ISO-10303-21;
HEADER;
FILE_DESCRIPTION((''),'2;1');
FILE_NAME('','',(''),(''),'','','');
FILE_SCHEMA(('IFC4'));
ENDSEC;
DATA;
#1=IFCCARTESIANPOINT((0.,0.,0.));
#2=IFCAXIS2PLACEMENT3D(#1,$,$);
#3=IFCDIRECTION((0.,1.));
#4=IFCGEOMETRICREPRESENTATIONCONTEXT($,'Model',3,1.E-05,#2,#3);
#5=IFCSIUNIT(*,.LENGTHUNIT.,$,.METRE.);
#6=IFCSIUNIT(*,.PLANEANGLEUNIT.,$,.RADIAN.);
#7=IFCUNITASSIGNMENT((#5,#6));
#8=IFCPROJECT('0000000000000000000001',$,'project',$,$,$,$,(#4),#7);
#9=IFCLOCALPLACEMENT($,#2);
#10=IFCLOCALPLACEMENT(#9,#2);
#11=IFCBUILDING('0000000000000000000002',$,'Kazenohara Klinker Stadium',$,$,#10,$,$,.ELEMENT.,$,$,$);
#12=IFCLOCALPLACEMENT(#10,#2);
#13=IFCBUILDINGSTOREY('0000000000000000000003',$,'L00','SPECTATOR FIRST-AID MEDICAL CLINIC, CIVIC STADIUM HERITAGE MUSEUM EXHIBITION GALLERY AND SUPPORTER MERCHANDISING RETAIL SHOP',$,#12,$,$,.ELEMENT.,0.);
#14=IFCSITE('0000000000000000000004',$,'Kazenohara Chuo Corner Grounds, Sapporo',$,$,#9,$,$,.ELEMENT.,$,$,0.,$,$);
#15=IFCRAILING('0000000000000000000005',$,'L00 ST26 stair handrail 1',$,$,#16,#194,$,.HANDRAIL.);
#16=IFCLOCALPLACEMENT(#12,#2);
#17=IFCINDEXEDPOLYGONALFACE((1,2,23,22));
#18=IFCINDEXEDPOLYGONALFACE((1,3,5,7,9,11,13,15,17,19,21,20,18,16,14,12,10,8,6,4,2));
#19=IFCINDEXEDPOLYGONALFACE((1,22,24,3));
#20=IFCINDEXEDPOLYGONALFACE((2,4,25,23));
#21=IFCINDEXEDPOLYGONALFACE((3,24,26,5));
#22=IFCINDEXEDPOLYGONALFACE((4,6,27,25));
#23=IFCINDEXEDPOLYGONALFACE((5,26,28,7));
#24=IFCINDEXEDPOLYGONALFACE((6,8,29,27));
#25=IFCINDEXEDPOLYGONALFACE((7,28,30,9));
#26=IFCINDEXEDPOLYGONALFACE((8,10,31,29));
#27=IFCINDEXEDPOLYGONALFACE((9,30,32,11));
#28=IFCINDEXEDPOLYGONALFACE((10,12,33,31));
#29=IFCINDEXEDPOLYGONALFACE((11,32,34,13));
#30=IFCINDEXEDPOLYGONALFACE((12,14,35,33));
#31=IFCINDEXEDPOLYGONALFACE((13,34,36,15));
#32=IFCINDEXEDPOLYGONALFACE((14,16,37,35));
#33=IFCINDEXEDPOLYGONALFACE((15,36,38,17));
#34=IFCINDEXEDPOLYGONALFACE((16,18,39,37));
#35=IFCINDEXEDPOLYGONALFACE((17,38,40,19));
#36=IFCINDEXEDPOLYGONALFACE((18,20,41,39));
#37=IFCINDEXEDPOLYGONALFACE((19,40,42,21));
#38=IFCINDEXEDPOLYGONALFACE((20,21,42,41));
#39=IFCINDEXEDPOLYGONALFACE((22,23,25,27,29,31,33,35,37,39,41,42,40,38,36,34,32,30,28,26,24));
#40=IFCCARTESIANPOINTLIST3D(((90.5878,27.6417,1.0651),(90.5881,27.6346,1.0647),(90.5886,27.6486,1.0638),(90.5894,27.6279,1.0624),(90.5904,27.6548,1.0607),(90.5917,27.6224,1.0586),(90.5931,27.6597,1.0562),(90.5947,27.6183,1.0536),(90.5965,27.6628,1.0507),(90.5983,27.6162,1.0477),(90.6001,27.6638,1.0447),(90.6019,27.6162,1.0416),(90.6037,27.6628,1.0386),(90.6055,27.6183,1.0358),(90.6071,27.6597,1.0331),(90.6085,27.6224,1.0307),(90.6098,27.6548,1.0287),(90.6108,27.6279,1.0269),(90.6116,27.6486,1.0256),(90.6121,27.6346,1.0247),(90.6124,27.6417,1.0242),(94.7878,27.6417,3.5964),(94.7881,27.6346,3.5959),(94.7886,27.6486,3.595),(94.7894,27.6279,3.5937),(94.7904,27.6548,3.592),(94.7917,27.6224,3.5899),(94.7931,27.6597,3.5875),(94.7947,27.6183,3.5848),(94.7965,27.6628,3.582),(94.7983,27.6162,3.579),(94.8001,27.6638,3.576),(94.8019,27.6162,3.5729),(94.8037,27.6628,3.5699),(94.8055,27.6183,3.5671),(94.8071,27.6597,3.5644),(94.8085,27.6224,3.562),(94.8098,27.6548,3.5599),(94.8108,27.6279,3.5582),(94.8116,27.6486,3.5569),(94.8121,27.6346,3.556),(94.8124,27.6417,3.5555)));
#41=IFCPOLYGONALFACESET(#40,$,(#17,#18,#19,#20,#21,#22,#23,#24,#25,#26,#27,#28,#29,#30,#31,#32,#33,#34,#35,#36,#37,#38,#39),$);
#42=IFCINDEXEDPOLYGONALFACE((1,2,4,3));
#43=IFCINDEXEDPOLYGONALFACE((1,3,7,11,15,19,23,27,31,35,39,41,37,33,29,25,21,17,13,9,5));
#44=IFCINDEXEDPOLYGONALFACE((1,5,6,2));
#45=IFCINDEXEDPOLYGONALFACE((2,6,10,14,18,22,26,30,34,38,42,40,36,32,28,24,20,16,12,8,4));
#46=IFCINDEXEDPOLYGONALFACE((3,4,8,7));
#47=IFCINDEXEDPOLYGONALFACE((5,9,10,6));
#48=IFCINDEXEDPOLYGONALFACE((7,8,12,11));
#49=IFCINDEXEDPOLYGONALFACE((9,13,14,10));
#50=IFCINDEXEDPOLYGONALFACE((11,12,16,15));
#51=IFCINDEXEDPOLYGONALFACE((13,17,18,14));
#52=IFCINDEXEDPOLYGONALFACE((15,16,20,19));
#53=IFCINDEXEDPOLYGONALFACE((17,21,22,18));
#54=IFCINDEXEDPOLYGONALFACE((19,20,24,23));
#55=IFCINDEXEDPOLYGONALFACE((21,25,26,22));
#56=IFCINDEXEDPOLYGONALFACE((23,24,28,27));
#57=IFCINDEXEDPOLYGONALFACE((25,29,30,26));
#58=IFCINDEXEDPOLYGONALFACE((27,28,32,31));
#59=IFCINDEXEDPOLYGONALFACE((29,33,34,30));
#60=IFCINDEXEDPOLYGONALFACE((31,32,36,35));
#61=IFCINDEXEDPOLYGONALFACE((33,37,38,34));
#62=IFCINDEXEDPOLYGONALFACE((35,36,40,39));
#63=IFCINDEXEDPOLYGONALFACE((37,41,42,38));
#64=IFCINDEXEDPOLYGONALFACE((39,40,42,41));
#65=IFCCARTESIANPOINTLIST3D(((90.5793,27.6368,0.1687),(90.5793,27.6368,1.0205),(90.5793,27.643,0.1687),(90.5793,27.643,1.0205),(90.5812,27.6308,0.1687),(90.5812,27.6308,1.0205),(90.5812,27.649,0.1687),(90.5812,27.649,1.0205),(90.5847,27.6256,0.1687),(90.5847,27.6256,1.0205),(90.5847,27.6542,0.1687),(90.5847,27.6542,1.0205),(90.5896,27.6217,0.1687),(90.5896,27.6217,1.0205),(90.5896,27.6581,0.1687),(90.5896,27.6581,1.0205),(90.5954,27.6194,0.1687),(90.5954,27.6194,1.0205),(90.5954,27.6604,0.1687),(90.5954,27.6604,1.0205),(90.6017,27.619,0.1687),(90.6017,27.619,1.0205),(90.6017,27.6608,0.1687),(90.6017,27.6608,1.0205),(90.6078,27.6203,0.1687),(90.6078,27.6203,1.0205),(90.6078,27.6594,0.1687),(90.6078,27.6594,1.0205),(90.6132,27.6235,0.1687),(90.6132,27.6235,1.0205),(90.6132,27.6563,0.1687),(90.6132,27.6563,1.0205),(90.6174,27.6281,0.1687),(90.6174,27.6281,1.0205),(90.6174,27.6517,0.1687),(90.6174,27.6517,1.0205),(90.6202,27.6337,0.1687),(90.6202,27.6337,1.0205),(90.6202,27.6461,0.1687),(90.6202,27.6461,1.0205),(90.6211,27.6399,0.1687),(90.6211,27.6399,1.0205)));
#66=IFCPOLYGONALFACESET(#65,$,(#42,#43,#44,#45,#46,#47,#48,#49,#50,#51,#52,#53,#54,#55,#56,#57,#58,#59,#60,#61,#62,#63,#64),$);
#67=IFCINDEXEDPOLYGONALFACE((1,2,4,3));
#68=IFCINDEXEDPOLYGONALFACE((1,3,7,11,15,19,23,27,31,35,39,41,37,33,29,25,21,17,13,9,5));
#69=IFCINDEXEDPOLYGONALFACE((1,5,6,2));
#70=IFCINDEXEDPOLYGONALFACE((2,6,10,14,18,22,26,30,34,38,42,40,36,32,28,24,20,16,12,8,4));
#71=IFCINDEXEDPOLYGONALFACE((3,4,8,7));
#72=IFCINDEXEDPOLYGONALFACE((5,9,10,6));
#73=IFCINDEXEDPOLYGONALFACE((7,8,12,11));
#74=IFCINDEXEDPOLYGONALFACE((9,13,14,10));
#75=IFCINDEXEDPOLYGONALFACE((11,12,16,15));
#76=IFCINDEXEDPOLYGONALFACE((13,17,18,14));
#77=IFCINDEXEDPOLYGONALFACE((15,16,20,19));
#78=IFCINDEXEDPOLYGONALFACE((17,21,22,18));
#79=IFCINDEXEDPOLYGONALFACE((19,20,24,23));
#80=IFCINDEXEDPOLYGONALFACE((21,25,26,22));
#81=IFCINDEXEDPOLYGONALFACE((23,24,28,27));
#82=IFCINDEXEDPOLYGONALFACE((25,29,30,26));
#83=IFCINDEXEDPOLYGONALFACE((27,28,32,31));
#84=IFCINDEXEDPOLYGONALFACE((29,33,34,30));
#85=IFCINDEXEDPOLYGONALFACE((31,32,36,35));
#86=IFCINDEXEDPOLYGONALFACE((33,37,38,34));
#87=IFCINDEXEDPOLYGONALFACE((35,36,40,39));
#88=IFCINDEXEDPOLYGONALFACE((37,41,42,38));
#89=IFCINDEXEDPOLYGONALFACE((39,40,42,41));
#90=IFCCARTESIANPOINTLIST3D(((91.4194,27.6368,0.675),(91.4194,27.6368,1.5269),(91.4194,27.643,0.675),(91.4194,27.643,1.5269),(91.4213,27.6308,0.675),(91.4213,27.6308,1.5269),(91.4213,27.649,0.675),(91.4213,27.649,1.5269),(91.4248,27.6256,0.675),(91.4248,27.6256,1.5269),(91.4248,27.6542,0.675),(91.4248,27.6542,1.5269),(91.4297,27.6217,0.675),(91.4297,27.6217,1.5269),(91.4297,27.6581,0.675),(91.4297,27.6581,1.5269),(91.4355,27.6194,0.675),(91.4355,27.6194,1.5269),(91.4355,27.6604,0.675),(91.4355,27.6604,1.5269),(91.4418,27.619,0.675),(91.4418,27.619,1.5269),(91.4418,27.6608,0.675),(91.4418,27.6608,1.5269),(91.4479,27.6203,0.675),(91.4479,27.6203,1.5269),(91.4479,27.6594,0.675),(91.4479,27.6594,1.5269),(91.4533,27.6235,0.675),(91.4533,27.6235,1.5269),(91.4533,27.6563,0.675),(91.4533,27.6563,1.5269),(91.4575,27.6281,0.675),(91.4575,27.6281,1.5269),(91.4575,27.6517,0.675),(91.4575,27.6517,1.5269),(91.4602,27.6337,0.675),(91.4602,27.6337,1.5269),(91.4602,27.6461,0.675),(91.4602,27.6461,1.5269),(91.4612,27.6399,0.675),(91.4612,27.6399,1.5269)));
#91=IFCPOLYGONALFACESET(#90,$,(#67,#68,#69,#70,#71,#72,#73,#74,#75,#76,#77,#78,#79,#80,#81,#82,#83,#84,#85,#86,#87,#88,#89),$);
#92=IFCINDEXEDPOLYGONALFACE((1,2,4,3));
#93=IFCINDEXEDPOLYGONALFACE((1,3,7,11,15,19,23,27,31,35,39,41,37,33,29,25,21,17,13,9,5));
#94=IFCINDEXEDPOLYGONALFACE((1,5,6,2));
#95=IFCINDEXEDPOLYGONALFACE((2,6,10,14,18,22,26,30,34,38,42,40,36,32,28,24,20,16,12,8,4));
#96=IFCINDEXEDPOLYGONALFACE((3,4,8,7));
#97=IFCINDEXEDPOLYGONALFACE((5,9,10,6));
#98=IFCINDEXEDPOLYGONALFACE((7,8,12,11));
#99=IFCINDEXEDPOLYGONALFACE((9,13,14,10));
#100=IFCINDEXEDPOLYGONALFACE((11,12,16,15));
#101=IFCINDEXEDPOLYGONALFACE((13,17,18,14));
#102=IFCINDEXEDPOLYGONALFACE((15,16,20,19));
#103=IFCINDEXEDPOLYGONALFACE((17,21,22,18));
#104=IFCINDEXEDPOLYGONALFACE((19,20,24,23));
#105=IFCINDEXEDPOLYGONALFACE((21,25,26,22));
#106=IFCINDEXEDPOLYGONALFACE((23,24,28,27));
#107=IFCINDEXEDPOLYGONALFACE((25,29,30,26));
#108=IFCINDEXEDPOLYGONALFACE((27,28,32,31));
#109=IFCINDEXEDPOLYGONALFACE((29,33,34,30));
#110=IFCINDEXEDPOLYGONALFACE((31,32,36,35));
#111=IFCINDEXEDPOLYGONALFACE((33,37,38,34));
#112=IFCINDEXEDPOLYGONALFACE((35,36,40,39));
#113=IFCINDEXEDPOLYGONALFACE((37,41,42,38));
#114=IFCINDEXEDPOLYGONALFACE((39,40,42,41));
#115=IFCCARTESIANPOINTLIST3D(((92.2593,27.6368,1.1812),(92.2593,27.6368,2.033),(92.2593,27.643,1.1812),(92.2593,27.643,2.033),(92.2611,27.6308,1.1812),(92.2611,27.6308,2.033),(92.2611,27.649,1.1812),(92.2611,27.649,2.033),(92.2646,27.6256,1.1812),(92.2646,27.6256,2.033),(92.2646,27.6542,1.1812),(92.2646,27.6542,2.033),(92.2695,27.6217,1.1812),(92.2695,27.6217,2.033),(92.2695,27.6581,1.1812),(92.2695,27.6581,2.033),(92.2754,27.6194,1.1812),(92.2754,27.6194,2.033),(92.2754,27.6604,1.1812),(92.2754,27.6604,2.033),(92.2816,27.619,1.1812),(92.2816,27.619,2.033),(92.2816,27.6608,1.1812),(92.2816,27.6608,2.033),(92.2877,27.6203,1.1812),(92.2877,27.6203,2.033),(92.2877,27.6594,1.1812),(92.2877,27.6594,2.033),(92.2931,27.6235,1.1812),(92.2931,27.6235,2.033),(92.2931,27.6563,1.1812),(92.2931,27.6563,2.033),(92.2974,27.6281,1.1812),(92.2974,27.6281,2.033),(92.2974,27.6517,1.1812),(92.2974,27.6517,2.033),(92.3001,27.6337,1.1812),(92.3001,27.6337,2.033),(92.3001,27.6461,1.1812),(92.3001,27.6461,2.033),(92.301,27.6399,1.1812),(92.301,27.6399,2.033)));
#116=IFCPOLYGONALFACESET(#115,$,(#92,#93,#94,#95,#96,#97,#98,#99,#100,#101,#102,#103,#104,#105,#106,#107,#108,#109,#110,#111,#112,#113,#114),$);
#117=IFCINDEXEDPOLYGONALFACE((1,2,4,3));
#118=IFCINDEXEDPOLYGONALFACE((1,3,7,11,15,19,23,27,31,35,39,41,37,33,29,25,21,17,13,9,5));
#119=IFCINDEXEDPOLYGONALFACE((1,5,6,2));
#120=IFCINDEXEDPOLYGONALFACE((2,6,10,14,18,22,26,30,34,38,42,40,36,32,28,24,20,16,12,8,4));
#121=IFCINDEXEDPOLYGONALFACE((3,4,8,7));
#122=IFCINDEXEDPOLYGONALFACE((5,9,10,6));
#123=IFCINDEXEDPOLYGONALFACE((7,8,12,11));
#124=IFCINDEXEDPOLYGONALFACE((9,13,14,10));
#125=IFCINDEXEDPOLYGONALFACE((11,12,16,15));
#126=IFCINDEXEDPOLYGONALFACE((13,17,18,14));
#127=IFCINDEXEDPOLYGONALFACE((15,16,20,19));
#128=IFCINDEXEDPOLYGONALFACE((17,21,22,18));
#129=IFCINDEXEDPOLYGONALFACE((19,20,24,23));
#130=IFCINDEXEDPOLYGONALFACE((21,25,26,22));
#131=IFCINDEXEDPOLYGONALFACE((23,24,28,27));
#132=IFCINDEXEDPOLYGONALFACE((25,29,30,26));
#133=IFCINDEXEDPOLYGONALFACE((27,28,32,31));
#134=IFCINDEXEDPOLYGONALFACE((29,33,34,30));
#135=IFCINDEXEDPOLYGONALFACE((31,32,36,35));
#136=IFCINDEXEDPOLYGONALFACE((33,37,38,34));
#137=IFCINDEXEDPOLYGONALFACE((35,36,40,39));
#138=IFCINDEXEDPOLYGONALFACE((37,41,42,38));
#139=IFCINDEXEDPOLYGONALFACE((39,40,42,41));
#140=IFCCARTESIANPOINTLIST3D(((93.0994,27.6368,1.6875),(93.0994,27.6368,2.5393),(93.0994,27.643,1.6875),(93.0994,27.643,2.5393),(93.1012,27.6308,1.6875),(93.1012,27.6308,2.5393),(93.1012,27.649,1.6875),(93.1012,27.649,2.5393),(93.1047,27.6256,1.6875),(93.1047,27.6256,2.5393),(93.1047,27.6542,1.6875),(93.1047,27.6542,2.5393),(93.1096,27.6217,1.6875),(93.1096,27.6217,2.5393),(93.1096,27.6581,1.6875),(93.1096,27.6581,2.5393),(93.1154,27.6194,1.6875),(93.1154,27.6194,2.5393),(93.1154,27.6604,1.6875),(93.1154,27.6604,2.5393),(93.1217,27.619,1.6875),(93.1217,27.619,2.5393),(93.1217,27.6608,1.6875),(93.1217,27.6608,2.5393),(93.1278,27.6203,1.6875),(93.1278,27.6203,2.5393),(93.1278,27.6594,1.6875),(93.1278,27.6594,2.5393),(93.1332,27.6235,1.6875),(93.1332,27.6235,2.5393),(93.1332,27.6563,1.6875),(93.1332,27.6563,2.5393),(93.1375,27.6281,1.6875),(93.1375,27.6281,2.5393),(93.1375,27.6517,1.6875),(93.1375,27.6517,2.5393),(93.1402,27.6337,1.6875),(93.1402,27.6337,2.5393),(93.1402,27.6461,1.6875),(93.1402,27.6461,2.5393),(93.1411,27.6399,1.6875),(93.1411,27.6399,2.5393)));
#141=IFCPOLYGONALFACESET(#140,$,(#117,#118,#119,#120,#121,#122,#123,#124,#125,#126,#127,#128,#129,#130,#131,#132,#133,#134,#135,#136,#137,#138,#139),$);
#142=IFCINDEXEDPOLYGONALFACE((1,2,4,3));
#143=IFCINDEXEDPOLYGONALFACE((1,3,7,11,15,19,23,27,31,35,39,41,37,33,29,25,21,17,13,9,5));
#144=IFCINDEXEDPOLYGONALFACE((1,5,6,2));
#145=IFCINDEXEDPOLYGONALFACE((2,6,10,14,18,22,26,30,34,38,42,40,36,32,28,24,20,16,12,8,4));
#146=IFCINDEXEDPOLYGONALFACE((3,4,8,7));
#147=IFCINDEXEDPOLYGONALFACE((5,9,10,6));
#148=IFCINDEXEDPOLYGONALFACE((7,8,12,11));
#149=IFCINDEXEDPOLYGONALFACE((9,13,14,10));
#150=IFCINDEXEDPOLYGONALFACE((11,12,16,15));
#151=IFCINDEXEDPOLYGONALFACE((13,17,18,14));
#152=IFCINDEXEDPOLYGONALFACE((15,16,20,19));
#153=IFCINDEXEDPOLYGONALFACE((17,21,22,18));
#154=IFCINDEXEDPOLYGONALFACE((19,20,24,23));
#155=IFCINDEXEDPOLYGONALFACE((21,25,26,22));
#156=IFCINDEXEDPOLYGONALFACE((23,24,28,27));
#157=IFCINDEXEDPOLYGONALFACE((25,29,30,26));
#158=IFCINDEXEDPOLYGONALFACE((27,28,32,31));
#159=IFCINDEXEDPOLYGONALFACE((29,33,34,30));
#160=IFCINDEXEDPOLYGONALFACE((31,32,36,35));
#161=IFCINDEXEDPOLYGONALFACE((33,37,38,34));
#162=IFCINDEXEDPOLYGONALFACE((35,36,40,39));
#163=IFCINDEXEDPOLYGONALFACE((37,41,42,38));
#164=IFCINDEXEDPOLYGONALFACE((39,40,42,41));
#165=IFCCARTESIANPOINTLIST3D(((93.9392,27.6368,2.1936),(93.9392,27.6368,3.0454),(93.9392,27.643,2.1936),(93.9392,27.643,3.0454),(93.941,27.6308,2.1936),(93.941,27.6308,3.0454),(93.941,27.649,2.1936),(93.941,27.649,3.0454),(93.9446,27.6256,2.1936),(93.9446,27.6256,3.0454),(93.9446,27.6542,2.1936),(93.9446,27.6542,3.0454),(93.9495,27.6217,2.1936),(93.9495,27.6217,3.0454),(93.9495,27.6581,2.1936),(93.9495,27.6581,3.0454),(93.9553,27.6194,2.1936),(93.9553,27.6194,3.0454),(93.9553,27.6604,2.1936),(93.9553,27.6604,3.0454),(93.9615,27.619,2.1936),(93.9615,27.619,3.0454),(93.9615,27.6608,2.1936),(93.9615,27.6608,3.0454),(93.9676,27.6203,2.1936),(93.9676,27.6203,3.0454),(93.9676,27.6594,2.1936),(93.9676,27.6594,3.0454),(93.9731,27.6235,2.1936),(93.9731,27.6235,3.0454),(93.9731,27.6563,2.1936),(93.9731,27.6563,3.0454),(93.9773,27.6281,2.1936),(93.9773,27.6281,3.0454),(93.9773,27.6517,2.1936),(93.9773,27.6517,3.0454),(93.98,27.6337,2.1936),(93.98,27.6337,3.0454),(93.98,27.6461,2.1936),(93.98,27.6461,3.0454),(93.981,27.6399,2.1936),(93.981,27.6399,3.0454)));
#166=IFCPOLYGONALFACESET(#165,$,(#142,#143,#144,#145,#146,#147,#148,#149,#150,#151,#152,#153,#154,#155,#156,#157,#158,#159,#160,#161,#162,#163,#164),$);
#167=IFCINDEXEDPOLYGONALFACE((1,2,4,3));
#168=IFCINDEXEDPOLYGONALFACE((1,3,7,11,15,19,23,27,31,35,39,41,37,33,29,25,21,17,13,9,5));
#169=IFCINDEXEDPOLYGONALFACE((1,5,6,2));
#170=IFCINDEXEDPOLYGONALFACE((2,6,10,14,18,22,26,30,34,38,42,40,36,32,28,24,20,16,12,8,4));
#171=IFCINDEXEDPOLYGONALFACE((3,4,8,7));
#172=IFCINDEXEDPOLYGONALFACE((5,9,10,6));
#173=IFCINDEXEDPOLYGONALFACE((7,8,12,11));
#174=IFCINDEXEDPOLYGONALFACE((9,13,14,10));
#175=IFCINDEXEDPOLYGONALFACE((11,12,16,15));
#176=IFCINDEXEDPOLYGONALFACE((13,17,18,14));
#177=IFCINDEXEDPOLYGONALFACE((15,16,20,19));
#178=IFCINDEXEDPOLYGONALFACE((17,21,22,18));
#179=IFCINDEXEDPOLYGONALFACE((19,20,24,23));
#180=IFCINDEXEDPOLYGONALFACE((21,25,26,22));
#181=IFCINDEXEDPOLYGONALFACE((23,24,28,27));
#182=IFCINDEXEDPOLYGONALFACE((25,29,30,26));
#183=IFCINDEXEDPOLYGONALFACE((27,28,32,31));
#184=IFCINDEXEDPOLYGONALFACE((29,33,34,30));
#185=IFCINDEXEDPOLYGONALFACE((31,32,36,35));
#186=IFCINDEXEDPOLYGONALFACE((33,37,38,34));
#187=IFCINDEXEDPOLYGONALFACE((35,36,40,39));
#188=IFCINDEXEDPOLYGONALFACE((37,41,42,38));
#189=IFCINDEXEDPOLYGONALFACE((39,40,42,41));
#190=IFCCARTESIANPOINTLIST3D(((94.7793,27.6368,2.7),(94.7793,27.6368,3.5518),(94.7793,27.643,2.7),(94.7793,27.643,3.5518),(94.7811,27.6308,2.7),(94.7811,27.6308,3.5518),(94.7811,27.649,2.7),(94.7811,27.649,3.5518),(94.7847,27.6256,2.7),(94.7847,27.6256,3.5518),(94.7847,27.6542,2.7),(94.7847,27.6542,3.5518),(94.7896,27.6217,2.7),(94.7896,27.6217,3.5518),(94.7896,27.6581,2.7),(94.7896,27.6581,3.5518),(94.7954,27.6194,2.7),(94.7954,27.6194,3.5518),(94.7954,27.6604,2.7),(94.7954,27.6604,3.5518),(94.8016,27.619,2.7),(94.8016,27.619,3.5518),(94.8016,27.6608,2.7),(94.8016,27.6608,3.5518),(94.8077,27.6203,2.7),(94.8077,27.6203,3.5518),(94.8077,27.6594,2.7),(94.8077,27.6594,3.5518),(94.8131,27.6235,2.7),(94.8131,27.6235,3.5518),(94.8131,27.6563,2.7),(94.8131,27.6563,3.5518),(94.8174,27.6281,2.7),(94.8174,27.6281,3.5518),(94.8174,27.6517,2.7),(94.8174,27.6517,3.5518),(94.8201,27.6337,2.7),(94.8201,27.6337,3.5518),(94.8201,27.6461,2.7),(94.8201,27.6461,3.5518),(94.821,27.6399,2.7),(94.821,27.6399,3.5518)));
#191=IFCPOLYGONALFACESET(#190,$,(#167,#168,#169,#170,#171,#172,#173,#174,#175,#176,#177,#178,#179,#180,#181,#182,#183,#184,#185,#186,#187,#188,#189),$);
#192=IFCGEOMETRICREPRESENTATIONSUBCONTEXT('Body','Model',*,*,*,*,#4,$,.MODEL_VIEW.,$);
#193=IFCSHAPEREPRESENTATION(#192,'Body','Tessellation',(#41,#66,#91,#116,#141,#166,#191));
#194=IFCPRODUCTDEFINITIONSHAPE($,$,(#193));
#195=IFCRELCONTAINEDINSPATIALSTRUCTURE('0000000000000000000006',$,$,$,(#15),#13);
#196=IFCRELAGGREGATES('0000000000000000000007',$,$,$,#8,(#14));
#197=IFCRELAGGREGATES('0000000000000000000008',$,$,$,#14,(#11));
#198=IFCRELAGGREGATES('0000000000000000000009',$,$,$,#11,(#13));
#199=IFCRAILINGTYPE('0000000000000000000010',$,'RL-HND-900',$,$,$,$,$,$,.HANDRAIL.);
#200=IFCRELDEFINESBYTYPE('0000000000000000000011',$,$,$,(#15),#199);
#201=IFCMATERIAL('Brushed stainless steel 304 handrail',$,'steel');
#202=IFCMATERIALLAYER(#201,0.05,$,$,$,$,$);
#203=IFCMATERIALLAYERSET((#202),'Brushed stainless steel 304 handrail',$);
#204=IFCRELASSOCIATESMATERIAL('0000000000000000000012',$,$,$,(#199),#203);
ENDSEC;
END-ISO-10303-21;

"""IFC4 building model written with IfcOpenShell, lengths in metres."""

from ifc_helpers import new_model, si_unit, direction, frame, origin, origin_2d, place, context, subcontext, project, spatial, circle, extrude, material, layer, layer_set, type_object, element, save


model = new_model("IFC4")

# Units and contexts
model_context = context("Model", 3, precision=1e-05, world=origin(), true_north=direction((0.0, 1.0)))
body_context = subcontext(model_context, "Body", "Model", "MODEL_VIEW")
ifc_project = project(units=[si_unit("LENGTHUNIT", "METRE"), si_unit("PLANEANGLEUNIT", "RADIAN")], contexts=[model_context])

# Site, building, storey
site_placement = place(None, origin())
site = spatial("IfcSite", under=ifc_project, at=site_placement, Name="Kazenohara Chuo Corner Grounds, Sapporo", CompositionType="ELEMENT", RefElevation=0.0)
building_placement = place(site_placement, origin())
building = spatial("IfcBuilding", under=site, at=building_placement, Name="Kazenohara Klinker Stadium", CompositionType="ELEMENT")
storey_placement = place(building_placement, origin())
storey = spatial("IfcBuildingStorey", under=building, at=storey_placement, Name="L00", Description="SPECTATOR FIRST-AID MEDICAL CLINIC, CIVIC STADIUM HERITAGE MUSEUM EXHIBITION GALLERY AND SUPPORTER MERCHANDISING RETAIL SHOP", CompositionType="ELEMENT", Elevation=0.0)

# Railing
ifc_material_1 = material(Name="Brushed stainless steel 304 handrail", Category="steel")
ifc_layer_1 = layer(ifc_material_1, 0.05)
ifc_layer_set_1 = layer_set([ifc_layer_1], Name="Brushed stainless steel 304 handrail")
railing_type_1 = type_object("IfcRailingType", Name="RL-HND-900", PredefinedType="HANDRAIL", material=ifc_layer_set_1)
railing_1_placement = place(storey_placement, frame((90.6001, 27.6399, 0.1687)))
element("IfcRailing", 1, at=railing_1_placement, inside=storey, type_object=railing_type_1, Name="L00 ST26 stair handrail 1", PredefinedType="HANDRAIL", context=body_context, shape_type="SweptSolid", body=[
    extrude(circle(Radius=0.0239, at=origin_2d()), frame((0.0, 0.0, 0.876), z_axis=(0.856476, 0.0, 0.516186), x_axis=(0.0, 1.0, 0.0)), (0.0, 0.0, 1.0), 4.9038),
    extrude(circle(Radius=0.021, at=origin_2d()), origin(), (0.0, 0.0, 1.0), 0.8518),
    extrude(circle(Radius=0.021, at=origin_2d()), frame((0.8401, 0.0, 0.5063)), (0.0, 0.0, 1.0), 0.8518),
    extrude(circle(Radius=0.021, at=origin_2d()), frame((1.6799, 0.0, 1.0125)), (0.0, 0.0, 1.0), 0.8518),
    extrude(circle(Radius=0.021, at=origin_2d()), frame((2.52, 0.0, 1.5188)), (0.0, 0.0, 1.0), 0.8518),
    extrude(circle(Radius=0.021, at=origin_2d()), frame((3.3599, 0.0, 2.0249)), (0.0, 0.0, 1.0), 0.8518),
    extrude(circle(Radius=0.021, at=origin_2d()), frame((4.2, 0.0, 2.5312)), (0.0, 0.0, 1.0), 0.8518),
])

save(model, "model.ifc")
